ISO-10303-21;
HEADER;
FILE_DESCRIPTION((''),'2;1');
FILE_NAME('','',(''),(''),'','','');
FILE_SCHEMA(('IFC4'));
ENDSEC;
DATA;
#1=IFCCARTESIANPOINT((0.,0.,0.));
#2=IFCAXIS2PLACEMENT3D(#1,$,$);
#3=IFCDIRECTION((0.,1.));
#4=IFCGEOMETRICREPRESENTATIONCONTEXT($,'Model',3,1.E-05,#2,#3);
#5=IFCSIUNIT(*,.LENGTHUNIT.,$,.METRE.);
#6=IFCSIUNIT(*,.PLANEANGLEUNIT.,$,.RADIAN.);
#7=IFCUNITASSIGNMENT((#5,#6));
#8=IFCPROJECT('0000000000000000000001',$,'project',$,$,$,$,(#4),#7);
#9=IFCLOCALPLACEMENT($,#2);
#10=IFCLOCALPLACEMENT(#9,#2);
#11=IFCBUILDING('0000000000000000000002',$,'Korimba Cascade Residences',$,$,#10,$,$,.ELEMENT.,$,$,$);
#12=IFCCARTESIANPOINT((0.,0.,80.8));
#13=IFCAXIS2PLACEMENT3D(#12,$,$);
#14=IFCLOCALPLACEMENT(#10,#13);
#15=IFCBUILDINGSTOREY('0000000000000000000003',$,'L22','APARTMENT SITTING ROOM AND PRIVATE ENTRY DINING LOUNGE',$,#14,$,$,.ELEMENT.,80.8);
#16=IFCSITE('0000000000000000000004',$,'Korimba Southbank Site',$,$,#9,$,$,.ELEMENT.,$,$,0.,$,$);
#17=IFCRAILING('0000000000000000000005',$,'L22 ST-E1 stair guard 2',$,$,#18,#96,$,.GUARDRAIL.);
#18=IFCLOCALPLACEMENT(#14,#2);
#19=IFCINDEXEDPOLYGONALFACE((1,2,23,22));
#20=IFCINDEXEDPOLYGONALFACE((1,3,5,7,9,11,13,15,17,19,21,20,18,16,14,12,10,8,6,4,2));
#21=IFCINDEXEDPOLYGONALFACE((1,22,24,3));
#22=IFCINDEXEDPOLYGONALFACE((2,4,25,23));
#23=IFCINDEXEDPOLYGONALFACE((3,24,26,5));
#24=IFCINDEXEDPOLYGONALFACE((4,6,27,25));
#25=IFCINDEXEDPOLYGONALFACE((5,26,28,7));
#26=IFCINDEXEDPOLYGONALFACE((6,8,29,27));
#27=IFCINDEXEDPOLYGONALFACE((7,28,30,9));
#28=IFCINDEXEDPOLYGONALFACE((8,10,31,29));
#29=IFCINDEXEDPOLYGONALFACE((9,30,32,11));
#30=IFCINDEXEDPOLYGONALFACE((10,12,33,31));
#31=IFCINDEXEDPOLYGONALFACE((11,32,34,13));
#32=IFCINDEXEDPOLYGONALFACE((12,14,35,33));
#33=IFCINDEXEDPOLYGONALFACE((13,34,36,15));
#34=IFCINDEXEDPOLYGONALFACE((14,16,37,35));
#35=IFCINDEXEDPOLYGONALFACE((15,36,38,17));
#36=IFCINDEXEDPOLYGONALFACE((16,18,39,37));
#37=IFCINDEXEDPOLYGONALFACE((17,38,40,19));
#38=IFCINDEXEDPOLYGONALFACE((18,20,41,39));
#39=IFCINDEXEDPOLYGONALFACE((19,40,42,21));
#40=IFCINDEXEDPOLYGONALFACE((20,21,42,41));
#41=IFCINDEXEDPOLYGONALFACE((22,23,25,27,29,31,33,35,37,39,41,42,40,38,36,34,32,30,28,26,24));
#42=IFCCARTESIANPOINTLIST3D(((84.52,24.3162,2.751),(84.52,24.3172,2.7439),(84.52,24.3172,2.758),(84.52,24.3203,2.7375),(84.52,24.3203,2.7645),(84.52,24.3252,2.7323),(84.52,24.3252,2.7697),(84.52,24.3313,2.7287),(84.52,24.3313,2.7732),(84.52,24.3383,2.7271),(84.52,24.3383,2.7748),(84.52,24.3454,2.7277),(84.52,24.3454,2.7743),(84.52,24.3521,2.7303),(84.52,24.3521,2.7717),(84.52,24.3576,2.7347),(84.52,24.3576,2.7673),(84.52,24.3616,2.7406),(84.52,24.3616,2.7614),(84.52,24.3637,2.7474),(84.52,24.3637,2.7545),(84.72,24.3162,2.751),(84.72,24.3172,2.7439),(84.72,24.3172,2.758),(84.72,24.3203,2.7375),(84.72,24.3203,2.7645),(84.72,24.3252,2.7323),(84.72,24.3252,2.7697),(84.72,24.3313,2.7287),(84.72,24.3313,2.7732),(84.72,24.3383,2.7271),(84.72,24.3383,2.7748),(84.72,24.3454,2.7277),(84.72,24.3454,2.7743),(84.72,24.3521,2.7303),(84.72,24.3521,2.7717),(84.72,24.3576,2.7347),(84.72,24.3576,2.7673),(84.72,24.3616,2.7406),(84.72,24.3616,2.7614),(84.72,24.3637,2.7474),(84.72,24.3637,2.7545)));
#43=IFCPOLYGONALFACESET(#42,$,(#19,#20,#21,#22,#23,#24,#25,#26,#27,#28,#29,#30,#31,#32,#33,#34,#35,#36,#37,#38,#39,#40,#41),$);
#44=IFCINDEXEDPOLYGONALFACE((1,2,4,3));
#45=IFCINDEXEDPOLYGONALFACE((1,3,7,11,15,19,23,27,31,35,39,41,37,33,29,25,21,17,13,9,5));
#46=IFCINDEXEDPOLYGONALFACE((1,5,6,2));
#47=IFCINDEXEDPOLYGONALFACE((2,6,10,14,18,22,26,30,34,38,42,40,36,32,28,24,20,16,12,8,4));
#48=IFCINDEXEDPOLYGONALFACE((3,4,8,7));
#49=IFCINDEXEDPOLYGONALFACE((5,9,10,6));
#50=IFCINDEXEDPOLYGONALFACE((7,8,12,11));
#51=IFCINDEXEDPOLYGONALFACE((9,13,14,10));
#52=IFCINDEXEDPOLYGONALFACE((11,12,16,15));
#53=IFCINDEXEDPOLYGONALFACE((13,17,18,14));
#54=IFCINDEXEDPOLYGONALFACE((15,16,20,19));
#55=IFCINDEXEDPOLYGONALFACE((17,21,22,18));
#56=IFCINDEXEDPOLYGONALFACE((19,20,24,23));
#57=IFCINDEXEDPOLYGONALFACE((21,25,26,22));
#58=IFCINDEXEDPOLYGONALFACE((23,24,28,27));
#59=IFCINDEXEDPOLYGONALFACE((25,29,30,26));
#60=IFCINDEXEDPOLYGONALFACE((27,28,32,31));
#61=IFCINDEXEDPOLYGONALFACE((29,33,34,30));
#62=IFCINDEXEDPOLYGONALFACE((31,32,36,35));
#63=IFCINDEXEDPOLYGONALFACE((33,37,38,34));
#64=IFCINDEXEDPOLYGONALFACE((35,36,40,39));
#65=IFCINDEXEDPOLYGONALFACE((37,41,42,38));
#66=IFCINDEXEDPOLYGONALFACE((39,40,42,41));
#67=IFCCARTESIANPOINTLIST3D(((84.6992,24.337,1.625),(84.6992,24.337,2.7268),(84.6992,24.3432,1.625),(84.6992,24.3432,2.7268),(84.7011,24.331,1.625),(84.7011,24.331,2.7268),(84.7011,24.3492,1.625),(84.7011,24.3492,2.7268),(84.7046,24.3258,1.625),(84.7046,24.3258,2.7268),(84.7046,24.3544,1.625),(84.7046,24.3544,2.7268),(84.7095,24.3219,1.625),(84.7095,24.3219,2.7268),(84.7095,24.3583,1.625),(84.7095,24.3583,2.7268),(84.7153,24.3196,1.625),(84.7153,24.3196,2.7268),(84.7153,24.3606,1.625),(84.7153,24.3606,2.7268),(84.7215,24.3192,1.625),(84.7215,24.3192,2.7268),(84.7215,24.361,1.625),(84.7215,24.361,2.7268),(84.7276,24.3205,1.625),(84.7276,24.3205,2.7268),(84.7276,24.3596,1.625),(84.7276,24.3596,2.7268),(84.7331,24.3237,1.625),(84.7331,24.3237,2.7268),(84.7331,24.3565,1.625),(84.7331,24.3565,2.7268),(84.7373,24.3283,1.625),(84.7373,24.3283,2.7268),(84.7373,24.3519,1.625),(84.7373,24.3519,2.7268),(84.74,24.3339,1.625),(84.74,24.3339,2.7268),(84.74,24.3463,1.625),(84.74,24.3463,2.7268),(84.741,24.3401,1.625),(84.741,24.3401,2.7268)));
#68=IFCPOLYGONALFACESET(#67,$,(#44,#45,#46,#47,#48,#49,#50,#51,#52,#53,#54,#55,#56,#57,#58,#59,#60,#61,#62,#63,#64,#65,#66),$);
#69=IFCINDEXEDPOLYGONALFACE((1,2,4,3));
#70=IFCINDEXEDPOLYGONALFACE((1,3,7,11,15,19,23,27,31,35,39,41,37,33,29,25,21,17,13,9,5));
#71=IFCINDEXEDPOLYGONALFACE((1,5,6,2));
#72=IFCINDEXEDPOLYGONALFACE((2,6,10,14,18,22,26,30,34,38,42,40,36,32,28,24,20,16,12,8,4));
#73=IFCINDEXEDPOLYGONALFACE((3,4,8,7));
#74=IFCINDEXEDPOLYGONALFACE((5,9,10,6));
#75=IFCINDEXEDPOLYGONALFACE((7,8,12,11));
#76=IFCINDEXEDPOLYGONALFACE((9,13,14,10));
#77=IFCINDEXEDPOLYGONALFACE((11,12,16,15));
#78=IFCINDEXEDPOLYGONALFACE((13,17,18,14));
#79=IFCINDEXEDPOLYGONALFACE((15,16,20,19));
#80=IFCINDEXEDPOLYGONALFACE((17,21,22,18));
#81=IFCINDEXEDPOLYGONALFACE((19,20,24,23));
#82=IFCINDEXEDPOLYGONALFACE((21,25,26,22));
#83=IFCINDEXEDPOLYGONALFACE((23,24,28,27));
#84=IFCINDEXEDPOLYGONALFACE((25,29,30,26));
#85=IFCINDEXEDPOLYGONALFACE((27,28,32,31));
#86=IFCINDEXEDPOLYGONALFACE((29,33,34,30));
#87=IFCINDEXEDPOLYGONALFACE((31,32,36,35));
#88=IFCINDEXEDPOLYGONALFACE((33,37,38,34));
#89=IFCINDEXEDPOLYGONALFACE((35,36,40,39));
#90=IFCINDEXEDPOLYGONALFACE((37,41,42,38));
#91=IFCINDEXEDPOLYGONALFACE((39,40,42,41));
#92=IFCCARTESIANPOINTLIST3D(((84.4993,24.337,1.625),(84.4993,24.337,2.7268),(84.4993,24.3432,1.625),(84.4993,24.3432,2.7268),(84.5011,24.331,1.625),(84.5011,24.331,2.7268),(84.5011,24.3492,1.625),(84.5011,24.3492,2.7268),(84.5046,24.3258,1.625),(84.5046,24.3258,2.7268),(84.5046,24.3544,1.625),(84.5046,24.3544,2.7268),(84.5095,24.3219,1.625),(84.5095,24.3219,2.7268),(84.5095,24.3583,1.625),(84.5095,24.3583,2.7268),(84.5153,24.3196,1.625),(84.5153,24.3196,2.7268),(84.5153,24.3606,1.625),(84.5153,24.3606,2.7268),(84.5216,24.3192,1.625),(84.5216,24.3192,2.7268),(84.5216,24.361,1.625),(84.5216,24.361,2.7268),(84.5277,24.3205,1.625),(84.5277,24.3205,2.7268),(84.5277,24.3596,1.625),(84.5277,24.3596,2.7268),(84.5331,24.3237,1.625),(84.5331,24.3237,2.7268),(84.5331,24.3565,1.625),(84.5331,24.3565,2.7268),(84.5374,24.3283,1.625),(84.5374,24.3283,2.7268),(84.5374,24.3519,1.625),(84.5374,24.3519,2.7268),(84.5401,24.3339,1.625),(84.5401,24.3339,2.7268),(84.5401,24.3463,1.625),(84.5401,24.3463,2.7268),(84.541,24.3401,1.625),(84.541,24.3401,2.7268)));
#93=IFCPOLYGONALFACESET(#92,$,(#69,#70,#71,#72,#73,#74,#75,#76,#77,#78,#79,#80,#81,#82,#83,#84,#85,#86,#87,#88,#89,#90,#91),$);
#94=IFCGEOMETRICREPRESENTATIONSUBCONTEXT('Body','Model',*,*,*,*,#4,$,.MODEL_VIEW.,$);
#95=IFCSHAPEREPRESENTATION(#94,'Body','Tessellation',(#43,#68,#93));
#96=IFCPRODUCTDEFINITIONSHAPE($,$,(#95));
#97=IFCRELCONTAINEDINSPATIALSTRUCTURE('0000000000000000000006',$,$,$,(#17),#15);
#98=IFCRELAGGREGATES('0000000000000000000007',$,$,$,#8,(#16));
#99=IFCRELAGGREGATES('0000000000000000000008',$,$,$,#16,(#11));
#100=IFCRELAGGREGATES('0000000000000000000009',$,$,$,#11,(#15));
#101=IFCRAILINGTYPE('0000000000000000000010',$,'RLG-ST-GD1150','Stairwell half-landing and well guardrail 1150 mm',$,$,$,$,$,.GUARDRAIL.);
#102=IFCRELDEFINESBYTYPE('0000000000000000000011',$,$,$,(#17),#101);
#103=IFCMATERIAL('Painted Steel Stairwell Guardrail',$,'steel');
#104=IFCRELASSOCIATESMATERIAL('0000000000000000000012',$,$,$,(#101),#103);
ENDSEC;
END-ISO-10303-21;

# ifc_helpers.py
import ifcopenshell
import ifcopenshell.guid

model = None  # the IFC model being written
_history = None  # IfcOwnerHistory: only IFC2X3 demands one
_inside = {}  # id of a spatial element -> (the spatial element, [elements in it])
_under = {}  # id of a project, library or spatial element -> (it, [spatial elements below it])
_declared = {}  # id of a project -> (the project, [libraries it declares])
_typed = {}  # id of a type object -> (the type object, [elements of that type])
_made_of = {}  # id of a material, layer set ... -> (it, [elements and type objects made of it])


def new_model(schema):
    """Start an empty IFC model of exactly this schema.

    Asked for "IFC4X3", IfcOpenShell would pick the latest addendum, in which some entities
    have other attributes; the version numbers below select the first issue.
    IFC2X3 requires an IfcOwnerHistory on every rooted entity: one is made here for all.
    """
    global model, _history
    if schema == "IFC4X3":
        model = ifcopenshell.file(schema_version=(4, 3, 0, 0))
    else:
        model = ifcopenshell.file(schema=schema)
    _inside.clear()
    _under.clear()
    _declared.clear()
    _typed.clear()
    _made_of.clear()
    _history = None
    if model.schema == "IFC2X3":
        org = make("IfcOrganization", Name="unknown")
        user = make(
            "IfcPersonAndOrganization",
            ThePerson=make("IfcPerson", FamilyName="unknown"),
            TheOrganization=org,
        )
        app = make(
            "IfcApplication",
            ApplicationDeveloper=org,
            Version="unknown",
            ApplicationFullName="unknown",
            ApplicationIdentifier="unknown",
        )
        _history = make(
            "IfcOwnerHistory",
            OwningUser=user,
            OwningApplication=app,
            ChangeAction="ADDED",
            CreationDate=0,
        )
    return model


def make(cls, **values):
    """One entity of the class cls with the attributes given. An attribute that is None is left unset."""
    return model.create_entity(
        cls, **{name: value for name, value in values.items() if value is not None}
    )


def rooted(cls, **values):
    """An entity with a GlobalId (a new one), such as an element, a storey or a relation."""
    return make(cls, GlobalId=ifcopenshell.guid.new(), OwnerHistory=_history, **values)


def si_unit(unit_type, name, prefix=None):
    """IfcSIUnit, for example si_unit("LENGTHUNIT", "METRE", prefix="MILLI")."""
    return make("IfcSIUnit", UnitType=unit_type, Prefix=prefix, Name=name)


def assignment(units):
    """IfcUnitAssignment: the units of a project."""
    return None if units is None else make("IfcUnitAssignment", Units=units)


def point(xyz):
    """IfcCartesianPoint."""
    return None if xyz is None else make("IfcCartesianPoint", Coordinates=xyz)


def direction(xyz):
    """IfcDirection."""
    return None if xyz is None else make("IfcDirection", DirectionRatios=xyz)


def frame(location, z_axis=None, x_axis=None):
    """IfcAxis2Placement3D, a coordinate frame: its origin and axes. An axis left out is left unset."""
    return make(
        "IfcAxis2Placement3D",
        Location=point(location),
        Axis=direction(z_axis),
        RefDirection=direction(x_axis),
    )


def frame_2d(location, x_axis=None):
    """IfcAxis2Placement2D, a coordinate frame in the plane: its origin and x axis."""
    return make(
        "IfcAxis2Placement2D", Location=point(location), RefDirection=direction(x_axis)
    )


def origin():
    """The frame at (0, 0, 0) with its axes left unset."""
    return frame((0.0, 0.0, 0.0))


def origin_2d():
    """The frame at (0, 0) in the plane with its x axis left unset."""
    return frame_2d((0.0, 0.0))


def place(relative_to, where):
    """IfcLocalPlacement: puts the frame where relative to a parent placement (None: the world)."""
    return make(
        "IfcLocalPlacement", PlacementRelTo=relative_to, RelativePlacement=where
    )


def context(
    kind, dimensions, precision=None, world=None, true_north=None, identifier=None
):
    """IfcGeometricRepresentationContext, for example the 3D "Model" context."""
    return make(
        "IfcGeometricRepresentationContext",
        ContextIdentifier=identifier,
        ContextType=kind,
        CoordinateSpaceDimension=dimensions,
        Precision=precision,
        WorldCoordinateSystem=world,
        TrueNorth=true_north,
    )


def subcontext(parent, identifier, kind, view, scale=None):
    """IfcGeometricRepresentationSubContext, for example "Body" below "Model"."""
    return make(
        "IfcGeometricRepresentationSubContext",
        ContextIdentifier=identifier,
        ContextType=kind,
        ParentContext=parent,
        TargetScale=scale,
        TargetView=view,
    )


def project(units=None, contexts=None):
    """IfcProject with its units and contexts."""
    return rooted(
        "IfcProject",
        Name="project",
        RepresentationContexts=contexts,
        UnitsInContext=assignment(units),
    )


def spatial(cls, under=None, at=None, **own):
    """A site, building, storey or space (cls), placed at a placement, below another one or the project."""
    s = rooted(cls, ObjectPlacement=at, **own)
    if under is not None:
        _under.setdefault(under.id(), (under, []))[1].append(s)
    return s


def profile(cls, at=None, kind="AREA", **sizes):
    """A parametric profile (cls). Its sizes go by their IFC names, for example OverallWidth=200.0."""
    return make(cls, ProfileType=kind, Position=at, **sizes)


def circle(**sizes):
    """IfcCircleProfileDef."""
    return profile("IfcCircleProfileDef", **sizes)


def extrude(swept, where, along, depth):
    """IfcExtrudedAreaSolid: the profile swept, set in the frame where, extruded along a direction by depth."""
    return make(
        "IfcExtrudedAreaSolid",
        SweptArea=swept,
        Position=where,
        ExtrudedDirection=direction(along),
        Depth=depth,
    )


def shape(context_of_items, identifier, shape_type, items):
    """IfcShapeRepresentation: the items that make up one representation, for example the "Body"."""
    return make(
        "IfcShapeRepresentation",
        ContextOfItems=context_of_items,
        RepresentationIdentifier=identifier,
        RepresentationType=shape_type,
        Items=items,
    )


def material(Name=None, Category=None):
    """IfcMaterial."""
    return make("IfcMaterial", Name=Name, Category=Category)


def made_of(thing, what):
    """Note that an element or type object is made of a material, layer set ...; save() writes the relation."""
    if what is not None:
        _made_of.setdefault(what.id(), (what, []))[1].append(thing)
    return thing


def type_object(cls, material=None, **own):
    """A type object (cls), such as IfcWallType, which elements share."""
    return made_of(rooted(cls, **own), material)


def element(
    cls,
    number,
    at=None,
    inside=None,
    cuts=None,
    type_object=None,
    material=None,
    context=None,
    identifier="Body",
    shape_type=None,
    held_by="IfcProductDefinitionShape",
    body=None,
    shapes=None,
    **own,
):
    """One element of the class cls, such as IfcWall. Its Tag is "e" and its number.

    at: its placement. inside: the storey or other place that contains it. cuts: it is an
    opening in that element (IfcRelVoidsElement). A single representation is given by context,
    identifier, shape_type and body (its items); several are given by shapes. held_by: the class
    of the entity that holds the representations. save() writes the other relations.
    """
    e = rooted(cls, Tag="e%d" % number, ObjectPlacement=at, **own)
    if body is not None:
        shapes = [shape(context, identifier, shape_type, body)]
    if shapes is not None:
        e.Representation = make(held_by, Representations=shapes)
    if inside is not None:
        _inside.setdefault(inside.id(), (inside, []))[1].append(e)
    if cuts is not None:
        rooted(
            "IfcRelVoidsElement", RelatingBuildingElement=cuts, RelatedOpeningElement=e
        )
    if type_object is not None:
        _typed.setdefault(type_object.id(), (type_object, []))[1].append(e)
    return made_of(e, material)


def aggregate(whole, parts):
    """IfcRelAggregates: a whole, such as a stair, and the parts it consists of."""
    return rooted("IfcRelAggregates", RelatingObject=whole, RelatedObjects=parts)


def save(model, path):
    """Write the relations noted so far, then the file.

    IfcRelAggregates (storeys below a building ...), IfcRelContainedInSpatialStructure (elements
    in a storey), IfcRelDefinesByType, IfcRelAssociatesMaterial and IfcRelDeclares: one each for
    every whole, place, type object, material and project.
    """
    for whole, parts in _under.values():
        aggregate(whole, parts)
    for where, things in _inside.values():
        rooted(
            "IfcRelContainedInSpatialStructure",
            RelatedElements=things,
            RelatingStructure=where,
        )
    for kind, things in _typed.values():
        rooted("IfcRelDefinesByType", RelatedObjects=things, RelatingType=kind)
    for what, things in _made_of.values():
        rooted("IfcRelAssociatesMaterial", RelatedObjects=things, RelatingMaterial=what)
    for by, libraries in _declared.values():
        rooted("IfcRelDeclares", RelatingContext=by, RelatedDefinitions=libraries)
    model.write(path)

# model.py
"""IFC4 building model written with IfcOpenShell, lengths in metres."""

from ifc_helpers import new_model, si_unit, direction, frame, origin, origin_2d, place, context, subcontext, project, spatial, circle, extrude, material, type_object, element, save


model = new_model("IFC4")

# Units and contexts
model_context = context("Model", 3, precision=1e-05, world=origin(), true_north=direction((0.0, 1.0)))
body_context = subcontext(model_context, "Body", "Model", "MODEL_VIEW")
ifc_project = project(units=[si_unit("LENGTHUNIT", "METRE"), si_unit("PLANEANGLEUNIT", "RADIAN")], contexts=[model_context])

# Site, building, storey
site_placement = place(None, origin())
site = spatial("IfcSite", under=ifc_project, at=site_placement, Name="Korimba Southbank Site", CompositionType="ELEMENT", RefElevation=0.0)
building_placement = place(site_placement, origin())
building = spatial("IfcBuilding", under=site, at=building_placement, Name="Korimba Cascade Residences", CompositionType="ELEMENT")
storey_placement = place(building_placement, frame((0.0, 0.0, 80.8)))
storey = spatial("IfcBuildingStorey", under=building, at=storey_placement, Name="L22", Description="APARTMENT SITTING ROOM AND PRIVATE ENTRY DINING LOUNGE", CompositionType="ELEMENT", Elevation=80.8)

# Railing
ifc_material_1 = material(Name="Painted Steel Stairwell Guardrail", Category="steel")
railing_type_1 = type_object("IfcRailingType", Name="RLG-ST-GD1150", Description="Stairwell half-landing and well guardrail 1150 mm", PredefinedType="GUARDRAIL", material=ifc_material_1)
railing_1_placement = place(storey_placement, frame((84.72, 24.3401, 1.625)))
element("IfcRailing", 1, at=railing_1_placement, inside=storey, type_object=railing_type_1, Name="L22 ST-E1 stair guard 2", PredefinedType="GUARDRAIL", context=body_context, shape_type="SweptSolid", body=[
    extrude(circle(Radius=0.0239, at=origin_2d()), frame((0.0, 0.0, 1.126), z_axis=(-1.0, 0.0, 0.0), x_axis=(0.0, -1.0, 0.0)), (0.0, 0.0, 1.0), 0.2),
    extrude(circle(Radius=0.021, at=origin_2d()), origin(), (0.0, 0.0, 1.0), 1.1018),
    extrude(circle(Radius=0.021, at=origin_2d()), frame((-0.2, 0.0, 0.0)), (0.0, 0.0, 1.0), 1.1018),
])

save(model, "model.ifc")
